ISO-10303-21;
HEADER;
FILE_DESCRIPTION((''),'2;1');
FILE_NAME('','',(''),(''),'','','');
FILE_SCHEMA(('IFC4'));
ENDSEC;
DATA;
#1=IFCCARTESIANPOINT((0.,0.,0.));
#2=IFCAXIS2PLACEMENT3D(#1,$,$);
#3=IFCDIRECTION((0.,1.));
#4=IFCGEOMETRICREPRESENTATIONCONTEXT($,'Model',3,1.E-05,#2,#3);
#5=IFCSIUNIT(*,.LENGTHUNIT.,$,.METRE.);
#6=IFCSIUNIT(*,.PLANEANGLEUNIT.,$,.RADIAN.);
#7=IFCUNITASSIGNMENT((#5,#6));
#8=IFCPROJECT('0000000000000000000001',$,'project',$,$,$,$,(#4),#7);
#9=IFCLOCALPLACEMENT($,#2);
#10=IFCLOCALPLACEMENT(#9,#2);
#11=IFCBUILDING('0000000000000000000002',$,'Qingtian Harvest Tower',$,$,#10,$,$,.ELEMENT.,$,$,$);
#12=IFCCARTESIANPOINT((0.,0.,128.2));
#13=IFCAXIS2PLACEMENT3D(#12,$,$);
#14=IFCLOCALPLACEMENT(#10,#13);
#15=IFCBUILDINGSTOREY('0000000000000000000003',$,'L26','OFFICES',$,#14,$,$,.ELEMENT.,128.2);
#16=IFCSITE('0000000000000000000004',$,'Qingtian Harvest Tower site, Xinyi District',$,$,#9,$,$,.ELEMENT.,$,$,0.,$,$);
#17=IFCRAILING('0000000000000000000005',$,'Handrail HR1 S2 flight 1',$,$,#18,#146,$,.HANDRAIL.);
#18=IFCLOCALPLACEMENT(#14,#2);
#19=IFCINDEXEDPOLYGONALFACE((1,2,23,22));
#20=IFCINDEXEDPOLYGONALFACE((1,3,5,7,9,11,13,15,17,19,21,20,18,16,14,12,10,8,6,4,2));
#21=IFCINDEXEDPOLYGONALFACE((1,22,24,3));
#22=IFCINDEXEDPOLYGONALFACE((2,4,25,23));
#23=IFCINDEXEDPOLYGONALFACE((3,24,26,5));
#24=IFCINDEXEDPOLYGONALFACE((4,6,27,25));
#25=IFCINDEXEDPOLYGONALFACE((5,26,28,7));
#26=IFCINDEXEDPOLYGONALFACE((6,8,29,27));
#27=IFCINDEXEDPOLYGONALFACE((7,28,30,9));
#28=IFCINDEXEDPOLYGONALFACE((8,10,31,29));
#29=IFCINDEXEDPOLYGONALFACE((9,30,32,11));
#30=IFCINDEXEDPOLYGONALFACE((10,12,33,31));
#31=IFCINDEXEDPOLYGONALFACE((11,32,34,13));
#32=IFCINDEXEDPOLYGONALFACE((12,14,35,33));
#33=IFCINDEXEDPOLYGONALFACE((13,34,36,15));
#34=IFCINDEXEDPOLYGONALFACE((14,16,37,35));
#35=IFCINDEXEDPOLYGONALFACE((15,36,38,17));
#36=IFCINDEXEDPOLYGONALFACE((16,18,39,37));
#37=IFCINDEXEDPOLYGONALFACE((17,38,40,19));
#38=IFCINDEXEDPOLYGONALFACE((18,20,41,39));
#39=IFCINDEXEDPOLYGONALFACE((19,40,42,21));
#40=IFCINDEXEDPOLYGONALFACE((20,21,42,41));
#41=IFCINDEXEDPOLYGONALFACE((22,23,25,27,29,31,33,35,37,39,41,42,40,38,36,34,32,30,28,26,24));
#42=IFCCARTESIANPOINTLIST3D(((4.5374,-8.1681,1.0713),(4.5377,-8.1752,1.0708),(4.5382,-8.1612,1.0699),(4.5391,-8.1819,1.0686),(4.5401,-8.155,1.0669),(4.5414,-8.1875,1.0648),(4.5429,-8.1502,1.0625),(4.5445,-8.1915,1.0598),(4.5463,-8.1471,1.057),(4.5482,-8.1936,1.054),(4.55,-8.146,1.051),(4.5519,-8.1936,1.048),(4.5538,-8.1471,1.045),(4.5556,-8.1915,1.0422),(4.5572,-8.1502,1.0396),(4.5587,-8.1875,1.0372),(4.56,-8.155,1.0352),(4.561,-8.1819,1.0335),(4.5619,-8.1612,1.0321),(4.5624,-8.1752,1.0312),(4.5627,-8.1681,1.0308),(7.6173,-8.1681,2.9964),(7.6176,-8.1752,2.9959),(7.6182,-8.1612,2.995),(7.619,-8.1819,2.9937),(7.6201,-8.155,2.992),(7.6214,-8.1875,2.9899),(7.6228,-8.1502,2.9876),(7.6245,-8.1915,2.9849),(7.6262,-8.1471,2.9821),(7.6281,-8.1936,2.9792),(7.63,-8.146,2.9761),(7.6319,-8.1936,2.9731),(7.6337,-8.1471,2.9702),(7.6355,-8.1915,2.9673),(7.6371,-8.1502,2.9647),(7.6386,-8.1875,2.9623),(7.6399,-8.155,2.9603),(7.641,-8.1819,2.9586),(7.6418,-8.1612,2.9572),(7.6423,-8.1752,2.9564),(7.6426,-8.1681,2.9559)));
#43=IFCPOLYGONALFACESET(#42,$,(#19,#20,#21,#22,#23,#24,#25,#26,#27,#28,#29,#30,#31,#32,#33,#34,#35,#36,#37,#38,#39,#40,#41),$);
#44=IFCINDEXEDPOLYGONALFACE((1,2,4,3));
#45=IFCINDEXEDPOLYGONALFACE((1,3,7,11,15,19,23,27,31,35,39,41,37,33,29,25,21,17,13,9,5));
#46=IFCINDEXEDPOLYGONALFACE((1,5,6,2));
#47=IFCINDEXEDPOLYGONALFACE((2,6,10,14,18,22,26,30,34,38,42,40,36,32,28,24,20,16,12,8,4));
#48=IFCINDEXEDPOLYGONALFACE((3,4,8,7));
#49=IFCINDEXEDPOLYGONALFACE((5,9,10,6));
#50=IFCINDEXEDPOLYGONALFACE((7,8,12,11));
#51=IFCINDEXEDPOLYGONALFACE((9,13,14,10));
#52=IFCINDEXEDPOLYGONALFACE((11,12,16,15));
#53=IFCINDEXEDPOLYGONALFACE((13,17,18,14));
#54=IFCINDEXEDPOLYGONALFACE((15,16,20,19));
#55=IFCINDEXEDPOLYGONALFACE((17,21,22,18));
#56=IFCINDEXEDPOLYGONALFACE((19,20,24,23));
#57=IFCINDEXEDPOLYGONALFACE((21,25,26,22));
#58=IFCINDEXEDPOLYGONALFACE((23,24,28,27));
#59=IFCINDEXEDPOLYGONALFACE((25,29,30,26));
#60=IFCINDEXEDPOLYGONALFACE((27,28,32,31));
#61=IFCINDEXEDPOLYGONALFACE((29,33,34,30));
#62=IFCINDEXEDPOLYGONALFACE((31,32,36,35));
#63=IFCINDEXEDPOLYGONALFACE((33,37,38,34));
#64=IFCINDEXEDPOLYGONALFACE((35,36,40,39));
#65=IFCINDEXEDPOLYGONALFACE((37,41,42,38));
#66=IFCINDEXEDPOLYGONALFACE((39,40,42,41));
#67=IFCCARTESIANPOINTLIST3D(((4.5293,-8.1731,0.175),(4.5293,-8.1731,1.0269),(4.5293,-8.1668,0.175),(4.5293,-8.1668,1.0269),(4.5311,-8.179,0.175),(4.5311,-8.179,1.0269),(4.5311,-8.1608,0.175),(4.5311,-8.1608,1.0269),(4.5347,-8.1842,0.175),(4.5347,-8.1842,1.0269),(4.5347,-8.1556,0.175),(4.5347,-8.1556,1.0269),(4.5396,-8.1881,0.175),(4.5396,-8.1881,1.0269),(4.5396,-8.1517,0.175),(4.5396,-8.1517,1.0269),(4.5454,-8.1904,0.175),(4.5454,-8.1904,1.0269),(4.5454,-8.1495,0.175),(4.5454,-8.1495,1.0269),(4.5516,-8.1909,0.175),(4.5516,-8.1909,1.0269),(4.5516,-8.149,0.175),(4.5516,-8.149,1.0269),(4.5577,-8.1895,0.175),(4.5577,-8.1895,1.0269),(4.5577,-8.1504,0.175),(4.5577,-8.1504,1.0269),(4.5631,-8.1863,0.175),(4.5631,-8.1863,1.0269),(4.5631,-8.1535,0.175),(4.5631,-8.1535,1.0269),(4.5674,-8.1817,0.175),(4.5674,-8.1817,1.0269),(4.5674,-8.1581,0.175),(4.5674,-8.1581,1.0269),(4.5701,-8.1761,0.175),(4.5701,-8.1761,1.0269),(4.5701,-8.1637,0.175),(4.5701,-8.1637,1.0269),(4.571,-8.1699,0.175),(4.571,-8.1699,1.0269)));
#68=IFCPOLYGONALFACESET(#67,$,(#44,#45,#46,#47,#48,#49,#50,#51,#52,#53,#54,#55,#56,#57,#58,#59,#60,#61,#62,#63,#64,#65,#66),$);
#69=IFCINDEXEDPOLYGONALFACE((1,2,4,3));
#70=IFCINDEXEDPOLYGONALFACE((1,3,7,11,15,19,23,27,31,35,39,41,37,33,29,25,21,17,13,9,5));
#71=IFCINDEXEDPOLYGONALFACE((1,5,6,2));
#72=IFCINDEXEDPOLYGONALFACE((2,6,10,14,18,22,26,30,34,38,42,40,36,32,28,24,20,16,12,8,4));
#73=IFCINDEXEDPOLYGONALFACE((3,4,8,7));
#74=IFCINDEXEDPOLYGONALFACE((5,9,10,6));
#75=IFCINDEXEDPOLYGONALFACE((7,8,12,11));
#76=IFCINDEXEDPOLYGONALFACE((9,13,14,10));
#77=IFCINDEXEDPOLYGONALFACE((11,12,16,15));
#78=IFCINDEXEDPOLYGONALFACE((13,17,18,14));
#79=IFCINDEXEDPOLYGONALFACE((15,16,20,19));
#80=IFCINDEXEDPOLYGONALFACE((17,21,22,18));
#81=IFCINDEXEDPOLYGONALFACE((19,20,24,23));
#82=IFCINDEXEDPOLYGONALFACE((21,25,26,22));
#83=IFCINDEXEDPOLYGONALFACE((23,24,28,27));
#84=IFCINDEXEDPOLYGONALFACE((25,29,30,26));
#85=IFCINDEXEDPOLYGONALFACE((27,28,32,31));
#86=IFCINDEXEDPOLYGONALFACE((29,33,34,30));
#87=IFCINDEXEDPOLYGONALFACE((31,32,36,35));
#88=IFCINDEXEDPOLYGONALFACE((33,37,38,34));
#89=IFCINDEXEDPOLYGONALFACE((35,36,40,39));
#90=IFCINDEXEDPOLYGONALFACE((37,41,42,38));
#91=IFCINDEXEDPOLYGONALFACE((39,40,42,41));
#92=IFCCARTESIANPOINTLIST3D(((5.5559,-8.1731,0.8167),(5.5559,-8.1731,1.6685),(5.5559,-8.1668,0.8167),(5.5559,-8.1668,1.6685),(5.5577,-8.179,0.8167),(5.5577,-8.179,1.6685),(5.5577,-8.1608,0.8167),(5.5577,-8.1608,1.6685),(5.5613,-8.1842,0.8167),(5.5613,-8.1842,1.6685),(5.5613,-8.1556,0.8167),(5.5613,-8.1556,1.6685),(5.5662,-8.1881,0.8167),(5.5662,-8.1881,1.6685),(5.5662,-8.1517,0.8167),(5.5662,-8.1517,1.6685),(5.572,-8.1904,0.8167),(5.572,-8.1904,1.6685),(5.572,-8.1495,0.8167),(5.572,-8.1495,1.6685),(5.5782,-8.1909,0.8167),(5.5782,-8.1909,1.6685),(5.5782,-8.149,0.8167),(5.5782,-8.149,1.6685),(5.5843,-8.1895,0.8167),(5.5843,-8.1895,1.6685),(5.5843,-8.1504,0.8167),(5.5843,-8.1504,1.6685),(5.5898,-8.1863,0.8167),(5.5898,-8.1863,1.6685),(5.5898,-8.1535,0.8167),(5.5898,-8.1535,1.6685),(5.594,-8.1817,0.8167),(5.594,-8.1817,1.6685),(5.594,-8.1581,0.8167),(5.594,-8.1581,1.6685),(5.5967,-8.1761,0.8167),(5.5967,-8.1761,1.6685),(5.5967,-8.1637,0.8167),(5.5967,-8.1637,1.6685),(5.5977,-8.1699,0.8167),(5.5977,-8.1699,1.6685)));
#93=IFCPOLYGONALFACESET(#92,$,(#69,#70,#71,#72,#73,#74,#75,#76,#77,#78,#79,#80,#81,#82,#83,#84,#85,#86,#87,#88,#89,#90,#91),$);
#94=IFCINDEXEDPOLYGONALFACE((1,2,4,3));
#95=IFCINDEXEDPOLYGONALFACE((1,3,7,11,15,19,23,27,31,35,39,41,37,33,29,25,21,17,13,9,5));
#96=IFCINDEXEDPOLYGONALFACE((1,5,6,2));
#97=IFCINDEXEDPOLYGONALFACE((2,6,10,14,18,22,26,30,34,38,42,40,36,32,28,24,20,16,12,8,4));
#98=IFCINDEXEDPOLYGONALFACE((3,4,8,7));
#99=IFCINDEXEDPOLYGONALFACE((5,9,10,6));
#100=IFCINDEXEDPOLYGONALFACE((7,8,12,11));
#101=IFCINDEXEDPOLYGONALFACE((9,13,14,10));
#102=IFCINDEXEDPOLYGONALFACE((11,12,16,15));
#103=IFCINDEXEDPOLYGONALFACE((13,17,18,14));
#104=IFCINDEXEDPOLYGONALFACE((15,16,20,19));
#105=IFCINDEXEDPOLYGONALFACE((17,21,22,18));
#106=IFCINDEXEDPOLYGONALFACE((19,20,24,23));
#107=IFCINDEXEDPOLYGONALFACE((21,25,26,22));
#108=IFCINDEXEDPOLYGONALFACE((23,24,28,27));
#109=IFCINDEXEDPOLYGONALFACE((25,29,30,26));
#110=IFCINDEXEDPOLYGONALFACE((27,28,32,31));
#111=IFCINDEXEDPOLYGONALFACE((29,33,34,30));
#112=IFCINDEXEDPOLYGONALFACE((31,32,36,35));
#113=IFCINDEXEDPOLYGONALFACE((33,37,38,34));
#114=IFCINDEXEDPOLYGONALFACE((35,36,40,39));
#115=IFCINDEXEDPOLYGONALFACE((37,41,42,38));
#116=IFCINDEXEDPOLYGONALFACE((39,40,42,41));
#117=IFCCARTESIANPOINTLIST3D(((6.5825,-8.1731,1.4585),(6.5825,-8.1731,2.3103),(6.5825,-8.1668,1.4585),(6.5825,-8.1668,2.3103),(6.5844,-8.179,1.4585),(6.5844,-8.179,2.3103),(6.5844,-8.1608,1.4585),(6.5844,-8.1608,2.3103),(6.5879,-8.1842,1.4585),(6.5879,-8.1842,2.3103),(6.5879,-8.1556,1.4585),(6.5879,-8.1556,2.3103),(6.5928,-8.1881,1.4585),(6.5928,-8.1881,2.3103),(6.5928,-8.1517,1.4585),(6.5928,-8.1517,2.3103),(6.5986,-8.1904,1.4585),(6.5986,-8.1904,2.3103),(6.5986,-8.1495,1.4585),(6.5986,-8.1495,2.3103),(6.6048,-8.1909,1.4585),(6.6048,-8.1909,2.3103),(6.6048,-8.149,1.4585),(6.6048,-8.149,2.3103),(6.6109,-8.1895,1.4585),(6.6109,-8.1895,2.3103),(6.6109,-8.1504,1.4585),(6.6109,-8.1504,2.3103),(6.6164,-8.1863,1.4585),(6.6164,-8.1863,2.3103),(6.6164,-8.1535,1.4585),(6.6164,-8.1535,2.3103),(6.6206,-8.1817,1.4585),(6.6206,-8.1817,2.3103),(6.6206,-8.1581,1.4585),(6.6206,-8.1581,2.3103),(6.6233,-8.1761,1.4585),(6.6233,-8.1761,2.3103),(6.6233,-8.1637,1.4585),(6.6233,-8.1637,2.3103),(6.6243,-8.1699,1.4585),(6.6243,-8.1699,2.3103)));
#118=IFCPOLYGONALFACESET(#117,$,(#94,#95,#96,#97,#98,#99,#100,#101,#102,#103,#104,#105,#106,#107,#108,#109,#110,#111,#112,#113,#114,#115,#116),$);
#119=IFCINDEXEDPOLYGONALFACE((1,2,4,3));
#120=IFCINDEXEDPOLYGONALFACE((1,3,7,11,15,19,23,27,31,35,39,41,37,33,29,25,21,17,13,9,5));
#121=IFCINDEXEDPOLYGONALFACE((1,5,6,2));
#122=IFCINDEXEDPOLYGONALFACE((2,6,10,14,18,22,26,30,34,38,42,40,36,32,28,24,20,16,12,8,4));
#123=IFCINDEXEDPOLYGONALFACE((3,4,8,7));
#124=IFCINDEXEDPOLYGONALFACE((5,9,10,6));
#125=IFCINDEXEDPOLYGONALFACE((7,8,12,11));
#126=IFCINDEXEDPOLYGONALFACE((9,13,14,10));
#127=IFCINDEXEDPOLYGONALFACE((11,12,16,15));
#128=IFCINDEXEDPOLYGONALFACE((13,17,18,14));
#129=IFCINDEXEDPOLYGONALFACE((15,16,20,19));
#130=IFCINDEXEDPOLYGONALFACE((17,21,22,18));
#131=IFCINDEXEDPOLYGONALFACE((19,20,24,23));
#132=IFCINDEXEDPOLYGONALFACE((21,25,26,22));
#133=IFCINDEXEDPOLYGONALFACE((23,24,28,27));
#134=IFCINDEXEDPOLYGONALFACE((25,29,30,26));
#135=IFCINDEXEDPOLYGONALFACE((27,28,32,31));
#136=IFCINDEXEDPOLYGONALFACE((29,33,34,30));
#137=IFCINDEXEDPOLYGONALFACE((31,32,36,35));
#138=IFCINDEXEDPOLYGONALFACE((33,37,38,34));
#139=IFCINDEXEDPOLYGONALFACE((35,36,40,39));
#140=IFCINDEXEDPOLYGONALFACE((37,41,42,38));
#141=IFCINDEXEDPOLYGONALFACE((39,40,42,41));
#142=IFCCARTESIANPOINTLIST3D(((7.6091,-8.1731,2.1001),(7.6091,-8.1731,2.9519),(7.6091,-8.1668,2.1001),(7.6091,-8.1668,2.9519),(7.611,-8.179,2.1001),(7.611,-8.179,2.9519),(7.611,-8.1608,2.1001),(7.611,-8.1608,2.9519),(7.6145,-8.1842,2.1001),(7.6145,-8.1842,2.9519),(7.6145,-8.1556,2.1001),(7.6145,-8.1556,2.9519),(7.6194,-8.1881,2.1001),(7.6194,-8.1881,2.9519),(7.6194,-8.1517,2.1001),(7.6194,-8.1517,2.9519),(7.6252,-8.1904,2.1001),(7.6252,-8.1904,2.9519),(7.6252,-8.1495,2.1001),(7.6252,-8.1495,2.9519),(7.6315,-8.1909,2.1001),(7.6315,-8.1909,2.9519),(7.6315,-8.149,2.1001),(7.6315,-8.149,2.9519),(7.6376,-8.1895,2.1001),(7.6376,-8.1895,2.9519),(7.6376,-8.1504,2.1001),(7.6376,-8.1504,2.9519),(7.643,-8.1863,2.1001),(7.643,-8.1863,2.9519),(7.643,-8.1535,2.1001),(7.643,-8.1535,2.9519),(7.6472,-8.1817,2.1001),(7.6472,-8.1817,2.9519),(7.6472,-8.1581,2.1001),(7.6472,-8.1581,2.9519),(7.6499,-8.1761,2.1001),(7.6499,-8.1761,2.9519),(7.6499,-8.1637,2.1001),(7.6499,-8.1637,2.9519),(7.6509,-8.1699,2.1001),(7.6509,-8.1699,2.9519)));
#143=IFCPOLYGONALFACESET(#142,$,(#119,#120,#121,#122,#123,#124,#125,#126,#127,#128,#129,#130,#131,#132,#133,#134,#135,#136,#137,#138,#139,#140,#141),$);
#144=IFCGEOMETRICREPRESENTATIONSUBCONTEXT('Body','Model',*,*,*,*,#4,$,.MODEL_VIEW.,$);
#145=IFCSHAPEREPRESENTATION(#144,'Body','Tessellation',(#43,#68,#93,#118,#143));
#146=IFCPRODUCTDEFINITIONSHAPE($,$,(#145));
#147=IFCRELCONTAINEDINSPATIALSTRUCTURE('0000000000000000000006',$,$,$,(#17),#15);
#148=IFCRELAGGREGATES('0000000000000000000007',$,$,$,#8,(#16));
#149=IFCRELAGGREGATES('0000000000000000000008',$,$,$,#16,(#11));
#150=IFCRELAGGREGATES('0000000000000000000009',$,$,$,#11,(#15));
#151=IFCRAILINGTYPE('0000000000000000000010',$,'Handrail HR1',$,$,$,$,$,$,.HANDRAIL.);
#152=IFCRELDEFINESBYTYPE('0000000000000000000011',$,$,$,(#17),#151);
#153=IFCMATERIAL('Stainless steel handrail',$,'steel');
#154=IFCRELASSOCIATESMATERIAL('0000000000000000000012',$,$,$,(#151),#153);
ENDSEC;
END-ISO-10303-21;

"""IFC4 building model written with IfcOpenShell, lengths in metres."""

from ifc_helpers import new_model, si_unit, direction, frame, origin, origin_2d, place, context, subcontext, project, spatial, circle, extrude, material, type_object, element, save


model = new_model("IFC4")

# Units and contexts
model_context = context("Model", 3, precision=1e-05, world=origin(), true_north=direction((0.0, 1.0)))
body_context = subcontext(model_context, "Body", "Model", "MODEL_VIEW")
ifc_project = project(units=[si_unit("LENGTHUNIT", "METRE"), si_unit("PLANEANGLEUNIT", "RADIAN")], contexts=[model_context])

# Site, building, storey
site_placement = place(None, origin())
site = spatial("IfcSite", under=ifc_project, at=site_placement, Name="Qingtian Harvest Tower site, Xinyi District", CompositionType="ELEMENT", RefElevation=0.0)
building_placement = place(site_placement, origin())
building = spatial("IfcBuilding", under=site, at=building_placement, Name="Qingtian Harvest Tower", CompositionType="ELEMENT")
storey_placement = place(building_placement, frame((0.0, 0.0, 128.2)))
storey = spatial("IfcBuildingStorey", under=building, at=storey_placement, Name="L26", Description="OFFICES", CompositionType="ELEMENT", Elevation=128.2)

# Railing
ifc_material_1 = material(Name="Stainless steel handrail", Category="steel")
railing_type = type_object("IfcRailingType", Name="Handrail HR1", PredefinedType="HANDRAIL", material=ifc_material_1)
railing_1_placement = place(storey_placement, frame((4.55, -8.1699, 0.175)))
element("IfcRailing", 1, at=railing_1_placement, inside=storey, type_object=railing_type, Name="Handrail HR1 S2 flight 1", PredefinedType="HANDRAIL", context=body_context, shape_type="SweptSolid", body=[
    extrude(circle(Radius=0.0239, at=origin_2d()), frame((0.0, 0.0, 0.876), z_axis=(0.847979, 0.0, 0.530029), x_axis=(0.0, 1.0, 0.0)), (0.0, 0.0, 1.0), 3.6321),
    extrude(circle(Radius=0.021, at=origin_2d()), origin(), (0.0, 0.0, 1.0), 0.8518),
    extrude(circle(Radius=0.021, at=origin_2d()), frame((1.0266, 0.0, 0.6416)), (0.0, 0.0, 1.0), 0.8518),
    extrude(circle(Radius=0.021, at=origin_2d()), frame((2.0532, 0.0, 1.2834)), (0.0, 0.0, 1.0), 0.8518),
    extrude(circle(Radius=0.021, at=origin_2d()), frame((3.0798, 0.0, 1.925)), (0.0, 0.0, 1.0), 0.8518),
])

save(model, "model.ifc")
